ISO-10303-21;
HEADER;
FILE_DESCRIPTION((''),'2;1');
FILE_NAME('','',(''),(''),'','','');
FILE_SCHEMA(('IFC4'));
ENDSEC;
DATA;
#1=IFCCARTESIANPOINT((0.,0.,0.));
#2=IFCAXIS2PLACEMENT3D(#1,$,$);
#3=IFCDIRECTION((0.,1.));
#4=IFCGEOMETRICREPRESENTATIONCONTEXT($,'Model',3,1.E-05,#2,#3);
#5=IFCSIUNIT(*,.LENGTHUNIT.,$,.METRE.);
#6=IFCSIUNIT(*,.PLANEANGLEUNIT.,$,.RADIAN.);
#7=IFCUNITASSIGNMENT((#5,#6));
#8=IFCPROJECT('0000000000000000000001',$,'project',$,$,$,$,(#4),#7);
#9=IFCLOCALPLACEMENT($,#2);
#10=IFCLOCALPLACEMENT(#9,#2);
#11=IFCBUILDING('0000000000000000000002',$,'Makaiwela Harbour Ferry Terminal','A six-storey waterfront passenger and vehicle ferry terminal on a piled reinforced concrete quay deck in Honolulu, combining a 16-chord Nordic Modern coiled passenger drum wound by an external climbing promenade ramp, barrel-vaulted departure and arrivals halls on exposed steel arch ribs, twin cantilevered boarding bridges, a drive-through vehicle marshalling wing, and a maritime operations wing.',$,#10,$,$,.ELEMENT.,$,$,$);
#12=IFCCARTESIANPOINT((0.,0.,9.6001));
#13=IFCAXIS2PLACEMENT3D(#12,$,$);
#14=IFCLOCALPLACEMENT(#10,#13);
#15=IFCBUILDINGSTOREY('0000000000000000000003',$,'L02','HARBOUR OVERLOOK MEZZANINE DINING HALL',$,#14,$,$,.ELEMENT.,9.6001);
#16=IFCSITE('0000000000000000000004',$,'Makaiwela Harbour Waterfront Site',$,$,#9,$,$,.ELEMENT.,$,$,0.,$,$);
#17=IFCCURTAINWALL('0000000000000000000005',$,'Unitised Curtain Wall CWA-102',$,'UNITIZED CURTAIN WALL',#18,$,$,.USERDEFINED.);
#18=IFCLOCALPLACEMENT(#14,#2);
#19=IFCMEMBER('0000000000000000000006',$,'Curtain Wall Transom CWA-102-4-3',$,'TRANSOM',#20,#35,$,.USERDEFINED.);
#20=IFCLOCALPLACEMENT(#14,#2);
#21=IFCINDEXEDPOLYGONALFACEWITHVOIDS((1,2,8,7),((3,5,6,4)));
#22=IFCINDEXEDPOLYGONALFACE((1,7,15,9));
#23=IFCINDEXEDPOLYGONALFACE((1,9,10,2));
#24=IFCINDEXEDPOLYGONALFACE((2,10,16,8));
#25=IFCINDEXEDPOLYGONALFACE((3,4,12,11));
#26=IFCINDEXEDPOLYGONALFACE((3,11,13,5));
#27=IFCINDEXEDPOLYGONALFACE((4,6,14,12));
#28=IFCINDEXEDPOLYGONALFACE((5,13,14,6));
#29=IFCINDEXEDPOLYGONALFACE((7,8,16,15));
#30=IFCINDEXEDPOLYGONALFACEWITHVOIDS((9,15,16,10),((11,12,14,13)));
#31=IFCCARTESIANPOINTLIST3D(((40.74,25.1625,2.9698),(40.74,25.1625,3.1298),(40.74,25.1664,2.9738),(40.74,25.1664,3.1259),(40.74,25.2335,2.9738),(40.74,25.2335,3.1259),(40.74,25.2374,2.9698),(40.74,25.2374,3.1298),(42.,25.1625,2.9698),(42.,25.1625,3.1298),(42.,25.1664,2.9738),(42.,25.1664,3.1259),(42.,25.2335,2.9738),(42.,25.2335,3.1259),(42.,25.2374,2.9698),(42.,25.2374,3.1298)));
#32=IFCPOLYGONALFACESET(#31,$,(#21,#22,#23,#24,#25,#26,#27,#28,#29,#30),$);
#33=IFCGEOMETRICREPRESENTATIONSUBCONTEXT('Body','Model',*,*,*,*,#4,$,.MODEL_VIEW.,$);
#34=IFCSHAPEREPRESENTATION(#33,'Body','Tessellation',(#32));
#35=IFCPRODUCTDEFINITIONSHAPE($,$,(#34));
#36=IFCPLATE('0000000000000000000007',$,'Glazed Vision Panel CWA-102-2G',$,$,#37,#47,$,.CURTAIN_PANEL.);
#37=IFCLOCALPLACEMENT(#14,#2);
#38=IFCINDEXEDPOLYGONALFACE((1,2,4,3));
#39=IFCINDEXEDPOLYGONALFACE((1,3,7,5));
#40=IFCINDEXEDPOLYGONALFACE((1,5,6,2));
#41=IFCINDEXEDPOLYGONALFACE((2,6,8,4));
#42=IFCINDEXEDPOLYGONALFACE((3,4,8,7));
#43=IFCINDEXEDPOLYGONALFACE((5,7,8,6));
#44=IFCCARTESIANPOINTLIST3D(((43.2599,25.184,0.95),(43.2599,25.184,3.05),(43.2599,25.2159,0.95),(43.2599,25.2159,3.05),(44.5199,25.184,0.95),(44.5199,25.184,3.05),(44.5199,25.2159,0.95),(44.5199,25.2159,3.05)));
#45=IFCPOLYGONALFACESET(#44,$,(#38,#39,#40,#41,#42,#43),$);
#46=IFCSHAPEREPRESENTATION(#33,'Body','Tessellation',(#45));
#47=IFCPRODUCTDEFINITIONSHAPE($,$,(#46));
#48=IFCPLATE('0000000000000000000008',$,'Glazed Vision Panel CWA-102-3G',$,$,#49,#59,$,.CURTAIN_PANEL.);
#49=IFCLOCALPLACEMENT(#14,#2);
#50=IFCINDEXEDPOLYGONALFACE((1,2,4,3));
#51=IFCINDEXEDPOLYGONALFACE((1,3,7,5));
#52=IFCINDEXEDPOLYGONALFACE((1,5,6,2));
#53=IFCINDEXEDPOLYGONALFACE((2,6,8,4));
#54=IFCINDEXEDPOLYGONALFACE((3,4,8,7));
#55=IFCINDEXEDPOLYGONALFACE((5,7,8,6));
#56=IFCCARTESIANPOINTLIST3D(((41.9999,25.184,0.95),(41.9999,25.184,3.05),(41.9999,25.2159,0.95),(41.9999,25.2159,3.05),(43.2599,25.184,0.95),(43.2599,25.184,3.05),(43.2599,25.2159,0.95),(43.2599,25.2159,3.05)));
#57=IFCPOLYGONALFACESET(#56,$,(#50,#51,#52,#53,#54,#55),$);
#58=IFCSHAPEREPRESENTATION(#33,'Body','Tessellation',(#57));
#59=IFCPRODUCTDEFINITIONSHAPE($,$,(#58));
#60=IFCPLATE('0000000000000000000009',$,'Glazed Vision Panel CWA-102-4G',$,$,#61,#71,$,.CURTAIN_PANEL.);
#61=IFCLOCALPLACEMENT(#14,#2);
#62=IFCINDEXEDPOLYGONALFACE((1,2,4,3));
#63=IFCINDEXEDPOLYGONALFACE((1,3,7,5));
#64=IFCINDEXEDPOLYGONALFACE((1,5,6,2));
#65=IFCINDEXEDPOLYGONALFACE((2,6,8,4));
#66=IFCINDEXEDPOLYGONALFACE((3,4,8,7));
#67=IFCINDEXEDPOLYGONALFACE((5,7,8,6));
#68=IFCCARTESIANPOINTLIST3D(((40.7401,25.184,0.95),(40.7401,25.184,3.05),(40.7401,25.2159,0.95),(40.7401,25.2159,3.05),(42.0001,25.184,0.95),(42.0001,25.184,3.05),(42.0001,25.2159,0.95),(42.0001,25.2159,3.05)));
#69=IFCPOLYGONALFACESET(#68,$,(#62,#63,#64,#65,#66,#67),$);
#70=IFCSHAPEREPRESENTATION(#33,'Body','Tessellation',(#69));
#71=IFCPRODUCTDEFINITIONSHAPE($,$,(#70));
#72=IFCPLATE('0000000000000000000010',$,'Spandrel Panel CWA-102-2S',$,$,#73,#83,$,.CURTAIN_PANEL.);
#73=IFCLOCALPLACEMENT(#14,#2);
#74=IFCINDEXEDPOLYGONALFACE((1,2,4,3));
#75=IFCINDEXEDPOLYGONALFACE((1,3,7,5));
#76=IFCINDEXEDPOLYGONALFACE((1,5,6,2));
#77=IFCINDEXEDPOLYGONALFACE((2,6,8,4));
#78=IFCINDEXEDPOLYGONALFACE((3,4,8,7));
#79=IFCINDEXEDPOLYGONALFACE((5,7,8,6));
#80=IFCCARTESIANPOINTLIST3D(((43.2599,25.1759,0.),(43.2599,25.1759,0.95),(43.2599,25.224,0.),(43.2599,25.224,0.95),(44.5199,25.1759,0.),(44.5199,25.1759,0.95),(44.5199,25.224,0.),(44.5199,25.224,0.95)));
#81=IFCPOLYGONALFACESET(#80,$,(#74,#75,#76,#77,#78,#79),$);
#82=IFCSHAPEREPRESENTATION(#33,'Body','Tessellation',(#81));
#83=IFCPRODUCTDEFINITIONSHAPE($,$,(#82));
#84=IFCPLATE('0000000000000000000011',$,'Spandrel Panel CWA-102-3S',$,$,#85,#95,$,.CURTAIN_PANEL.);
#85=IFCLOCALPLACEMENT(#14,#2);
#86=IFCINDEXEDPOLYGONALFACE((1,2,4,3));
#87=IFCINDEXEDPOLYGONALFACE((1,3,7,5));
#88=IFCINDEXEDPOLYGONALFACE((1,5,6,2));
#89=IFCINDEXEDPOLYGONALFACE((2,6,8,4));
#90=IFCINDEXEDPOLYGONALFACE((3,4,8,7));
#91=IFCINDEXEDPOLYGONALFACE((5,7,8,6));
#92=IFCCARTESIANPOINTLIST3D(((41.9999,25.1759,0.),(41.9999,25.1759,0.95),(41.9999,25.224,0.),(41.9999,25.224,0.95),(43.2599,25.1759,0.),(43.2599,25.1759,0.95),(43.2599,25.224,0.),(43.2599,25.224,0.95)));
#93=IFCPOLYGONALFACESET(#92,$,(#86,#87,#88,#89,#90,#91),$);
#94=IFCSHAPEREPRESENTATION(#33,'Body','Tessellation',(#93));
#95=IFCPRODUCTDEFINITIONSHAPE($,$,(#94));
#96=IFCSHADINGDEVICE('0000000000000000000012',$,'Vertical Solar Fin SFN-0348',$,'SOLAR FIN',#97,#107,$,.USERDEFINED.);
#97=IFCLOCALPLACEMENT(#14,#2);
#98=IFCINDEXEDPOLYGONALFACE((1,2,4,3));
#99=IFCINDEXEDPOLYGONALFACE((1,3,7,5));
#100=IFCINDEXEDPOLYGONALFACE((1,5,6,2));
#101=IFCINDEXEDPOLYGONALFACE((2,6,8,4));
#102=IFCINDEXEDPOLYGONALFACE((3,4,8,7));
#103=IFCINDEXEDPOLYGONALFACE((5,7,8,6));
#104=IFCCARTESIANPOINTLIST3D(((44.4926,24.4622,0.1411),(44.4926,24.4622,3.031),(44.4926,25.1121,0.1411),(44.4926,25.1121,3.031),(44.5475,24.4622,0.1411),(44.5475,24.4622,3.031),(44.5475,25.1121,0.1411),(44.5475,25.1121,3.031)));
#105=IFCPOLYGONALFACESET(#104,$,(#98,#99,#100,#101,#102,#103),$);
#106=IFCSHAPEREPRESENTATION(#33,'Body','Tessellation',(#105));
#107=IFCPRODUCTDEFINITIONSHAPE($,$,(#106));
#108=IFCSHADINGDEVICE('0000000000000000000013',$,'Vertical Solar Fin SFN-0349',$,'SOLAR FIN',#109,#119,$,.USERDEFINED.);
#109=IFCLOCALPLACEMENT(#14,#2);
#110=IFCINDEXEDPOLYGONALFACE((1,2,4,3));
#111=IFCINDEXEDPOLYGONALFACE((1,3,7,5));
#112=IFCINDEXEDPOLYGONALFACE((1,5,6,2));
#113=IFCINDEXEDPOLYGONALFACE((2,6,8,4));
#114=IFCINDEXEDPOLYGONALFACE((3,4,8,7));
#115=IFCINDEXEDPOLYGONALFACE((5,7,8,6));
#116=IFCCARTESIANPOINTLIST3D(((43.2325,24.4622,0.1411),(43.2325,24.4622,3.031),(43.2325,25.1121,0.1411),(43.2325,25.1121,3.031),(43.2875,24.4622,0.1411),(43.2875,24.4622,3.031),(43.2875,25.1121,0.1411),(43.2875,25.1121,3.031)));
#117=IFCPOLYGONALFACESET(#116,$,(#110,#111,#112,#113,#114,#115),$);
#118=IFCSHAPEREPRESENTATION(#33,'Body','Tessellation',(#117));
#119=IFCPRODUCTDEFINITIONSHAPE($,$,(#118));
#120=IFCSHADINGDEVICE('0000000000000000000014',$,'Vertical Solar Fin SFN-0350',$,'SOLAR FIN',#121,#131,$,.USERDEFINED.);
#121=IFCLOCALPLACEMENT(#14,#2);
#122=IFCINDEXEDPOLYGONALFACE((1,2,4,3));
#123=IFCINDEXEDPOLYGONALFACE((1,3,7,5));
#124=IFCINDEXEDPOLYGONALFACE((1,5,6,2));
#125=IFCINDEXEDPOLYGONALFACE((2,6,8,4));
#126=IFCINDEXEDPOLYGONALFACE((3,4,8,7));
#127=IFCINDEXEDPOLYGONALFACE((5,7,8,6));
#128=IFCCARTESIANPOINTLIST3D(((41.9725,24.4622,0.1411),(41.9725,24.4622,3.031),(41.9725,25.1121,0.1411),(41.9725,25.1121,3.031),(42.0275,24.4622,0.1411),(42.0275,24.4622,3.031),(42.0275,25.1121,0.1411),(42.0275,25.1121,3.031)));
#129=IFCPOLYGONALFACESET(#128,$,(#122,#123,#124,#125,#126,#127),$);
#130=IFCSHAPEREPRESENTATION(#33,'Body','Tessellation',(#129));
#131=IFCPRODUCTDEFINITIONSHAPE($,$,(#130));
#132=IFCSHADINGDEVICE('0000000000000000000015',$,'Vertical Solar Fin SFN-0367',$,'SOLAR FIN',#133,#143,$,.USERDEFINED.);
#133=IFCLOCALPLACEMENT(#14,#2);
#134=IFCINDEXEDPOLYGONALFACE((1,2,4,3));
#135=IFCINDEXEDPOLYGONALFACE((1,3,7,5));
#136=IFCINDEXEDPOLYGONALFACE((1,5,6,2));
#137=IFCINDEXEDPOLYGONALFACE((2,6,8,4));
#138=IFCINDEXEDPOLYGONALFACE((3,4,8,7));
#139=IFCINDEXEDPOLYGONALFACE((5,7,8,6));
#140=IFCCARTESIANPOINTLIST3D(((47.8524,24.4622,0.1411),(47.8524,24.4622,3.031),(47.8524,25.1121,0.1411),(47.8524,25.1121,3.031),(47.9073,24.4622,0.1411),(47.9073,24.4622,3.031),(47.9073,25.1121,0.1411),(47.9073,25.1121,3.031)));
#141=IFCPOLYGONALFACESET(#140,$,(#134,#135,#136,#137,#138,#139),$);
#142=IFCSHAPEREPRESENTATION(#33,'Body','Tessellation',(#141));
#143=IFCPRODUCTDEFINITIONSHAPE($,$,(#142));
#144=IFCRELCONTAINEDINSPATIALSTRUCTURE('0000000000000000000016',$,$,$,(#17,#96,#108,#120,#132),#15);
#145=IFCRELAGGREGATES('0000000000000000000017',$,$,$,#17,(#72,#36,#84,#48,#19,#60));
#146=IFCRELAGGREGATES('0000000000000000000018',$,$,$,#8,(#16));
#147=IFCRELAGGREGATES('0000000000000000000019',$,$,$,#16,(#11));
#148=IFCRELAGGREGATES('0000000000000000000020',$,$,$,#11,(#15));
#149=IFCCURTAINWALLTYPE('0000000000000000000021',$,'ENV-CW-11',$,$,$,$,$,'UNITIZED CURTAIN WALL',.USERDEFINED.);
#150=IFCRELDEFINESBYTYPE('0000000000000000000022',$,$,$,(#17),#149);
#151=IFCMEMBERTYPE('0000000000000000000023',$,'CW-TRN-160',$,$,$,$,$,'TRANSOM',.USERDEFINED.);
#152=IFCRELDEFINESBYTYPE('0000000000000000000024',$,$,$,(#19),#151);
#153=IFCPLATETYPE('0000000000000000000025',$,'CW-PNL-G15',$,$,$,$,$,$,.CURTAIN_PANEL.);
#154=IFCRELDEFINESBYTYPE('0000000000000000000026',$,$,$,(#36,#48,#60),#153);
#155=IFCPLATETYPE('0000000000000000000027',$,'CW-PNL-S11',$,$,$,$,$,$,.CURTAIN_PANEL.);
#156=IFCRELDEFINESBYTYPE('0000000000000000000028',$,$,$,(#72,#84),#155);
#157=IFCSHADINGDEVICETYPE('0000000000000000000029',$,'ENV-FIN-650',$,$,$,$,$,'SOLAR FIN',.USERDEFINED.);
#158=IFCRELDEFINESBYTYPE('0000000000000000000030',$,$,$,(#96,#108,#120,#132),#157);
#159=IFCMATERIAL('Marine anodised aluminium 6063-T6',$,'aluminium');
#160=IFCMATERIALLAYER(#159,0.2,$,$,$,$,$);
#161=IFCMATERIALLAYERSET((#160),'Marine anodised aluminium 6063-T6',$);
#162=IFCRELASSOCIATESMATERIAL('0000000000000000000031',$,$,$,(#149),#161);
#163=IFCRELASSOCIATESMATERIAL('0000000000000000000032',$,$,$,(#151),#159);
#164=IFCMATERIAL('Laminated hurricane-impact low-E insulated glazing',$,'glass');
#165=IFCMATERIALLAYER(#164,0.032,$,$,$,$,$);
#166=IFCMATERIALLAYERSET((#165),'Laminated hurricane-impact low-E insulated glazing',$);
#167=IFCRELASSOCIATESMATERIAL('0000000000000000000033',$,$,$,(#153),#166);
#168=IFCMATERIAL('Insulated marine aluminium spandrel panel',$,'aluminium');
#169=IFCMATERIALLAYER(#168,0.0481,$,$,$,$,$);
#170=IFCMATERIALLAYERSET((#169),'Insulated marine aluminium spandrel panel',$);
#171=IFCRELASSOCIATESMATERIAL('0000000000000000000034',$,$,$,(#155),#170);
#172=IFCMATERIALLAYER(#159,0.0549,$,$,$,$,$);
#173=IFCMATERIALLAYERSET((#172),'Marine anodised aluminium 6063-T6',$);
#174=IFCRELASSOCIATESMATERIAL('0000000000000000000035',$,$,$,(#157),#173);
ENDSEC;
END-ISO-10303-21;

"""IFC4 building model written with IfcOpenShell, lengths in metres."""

from ifc_helpers import new_model, si_unit, direction, frame, origin, origin_2d, place, context, subcontext, project, spatial, rectangle, hollow_rectangle, extrude, material, layer, layer_set, material_profile, profile_set, type_object, element, aggregate, save


model = new_model("IFC4")

# Units and contexts
model_context = context("Model", 3, precision=1e-05, world=origin(), true_north=direction((0.0, 1.0)))
body_context = subcontext(model_context, "Body", "Model", "MODEL_VIEW")
ifc_project = project(units=[si_unit("LENGTHUNIT", "METRE"), si_unit("PLANEANGLEUNIT", "RADIAN")], contexts=[model_context])

# Site, building, storey
site_placement = place(None, origin())
site = spatial("IfcSite", under=ifc_project, at=site_placement, Name="Makaiwela Harbour Waterfront Site", CompositionType="ELEMENT", RefElevation=0.0)
building_placement = place(site_placement, origin())
building = spatial("IfcBuilding", under=site, at=building_placement, Name="Makaiwela Harbour Ferry Terminal", Description="A six-storey waterfront passenger and vehicle ferry terminal on a piled reinforced concrete quay deck in Honolulu, combining a 16-chord Nordic Modern coiled passenger drum wound by an external climbing promenade ramp, barrel-vaulted departure and arrivals halls on exposed steel arch ribs, twin cantilevered boarding bridges, a drive-through vehicle marshalling wing, and a maritime operations wing.", CompositionType="ELEMENT")
storey_placement = place(building_placement, frame((0.0, 0.0, 9.6001)))
storey = spatial("IfcBuildingStorey", under=building, at=storey_placement, Name="L02", Description="HARBOUR OVERLOOK MEZZANINE DINING HALL", CompositionType="ELEMENT", Elevation=9.6001)

# Curtain wall, member, plates
ifc_material_1 = material(Name="Marine anodised aluminium 6063-T6", Category="aluminium")
ifc_layer_1 = layer(ifc_material_1, 0.2)
ifc_layer_set_1 = layer_set([ifc_layer_1], Name="Marine anodised aluminium 6063-T6")
curtain_wall_type = type_object("IfcCurtainWallType", Name="ENV-CW-11", ElementType="UNITIZED CURTAIN WALL", PredefinedType="USERDEFINED", material=ifc_layer_set_1)
curtain_wall_placement = place(storey_placement, origin())
curtain_wall = element("IfcCurtainWall", 1, at=curtain_wall_placement, inside=storey, type_object=curtain_wall_type, Name="Unitised Curtain Wall CWA-102", ObjectType="UNITIZED CURTAIN WALL", PredefinedType="USERDEFINED")
ifc_material_profile_1 = material_profile(ifc_material_1, hollow_rectangle(XDim=0.075, YDim=0.1599, WallThickness=0.0039, at=origin_2d()), Name="CWT-160X75")
ifc_profile_set_1 = profile_set([ifc_material_profile_1], Name="Marine anodised aluminium 6063-T6")
member_type_1 = type_object("IfcMemberType", Name="CW-TRN-160", ElementType="TRANSOM", PredefinedType="USERDEFINED", material=ifc_profile_set_1)
member_1_placement = place(storey_placement, frame((42.0, 25.2, 3.0498), z_axis=(-1.0, 0.0, 0.0), x_axis=(0.0, -1.0, 0.0)))
member_1 = element("IfcMember", 2, at=member_1_placement, type_object=member_type_1, Name="Curtain Wall Transom CWA-102-4-3", ObjectType="TRANSOM", PredefinedType="USERDEFINED", context=body_context, shape_type="SweptSolid", body=[
    extrude(hollow_rectangle(XDim=0.075, YDim=0.1599, WallThickness=0.0039, at=origin_2d()), origin(), (0.0, 0.0, 1.0), 1.26),
])
ifc_material_2 = material(Name="Laminated hurricane-impact low-E insulated glazing", Category="glass")
ifc_layer_2 = layer(ifc_material_2, 0.032)
ifc_layer_set_2 = layer_set([ifc_layer_2], Name="Laminated hurricane-impact low-E insulated glazing")
plate_type_1 = type_object("IfcPlateType", Name="CW-PNL-G15", PredefinedType="CURTAIN_PANEL", material=ifc_layer_set_2)
plate_1_placement = place(storey_placement, frame((43.8899, 25.2, 0.95), z_axis=(0.0, 0.0, 1.0), x_axis=(-1.0, 0.0, 0.0)))
plate_1 = element("IfcPlate", 3, at=plate_1_placement, type_object=plate_type_1, Name="Glazed Vision Panel CWA-102-2G", PredefinedType="CURTAIN_PANEL", context=body_context, shape_type="SweptSolid", body=[
    extrude(rectangle(XDim=1.26, YDim=0.032, at=origin_2d()), origin(), (0.0, 0.0, 1.0), 2.1001),
])
plate_2_placement = place(storey_placement, frame((42.6299, 25.2, 0.95), z_axis=(0.0, 0.0, 1.0), x_axis=(-1.0, 0.0, 0.0)))
plate_2 = element("IfcPlate", 4, at=plate_2_placement, type_object=plate_type_1, Name="Glazed Vision Panel CWA-102-3G", PredefinedType="CURTAIN_PANEL", context=body_context, shape_type="SweptSolid", body=[
    extrude(rectangle(XDim=1.26, YDim=0.032, at=origin_2d()), origin(), (0.0, 0.0, 1.0), 2.1001),
])
plate_3_placement = place(storey_placement, frame((41.3701, 25.2, 0.95), z_axis=(0.0, 0.0, 1.0), x_axis=(-1.0, 0.0, 0.0)))
plate_3 = element("IfcPlate", 5, at=plate_3_placement, type_object=plate_type_1, Name="Glazed Vision Panel CWA-102-4G", PredefinedType="CURTAIN_PANEL", context=body_context, shape_type="SweptSolid", body=[
    extrude(rectangle(XDim=1.26, YDim=0.032, at=origin_2d()), origin(), (0.0, 0.0, 1.0), 2.1001),
])
ifc_material_3 = material(Name="Insulated marine aluminium spandrel panel", Category="aluminium")
ifc_layer_3 = layer(ifc_material_3, 0.0481)
ifc_layer_set_3 = layer_set([ifc_layer_3], Name="Insulated marine aluminium spandrel panel")
plate_type_2 = type_object("IfcPlateType", Name="CW-PNL-S11", PredefinedType="CURTAIN_PANEL", material=ifc_layer_set_3)
plate_4_placement = place(storey_placement, frame((43.8899, 25.2, 0.0), z_axis=(0.0, 0.0, 1.0), x_axis=(-1.0, 0.0, 0.0)))
plate_4 = element("IfcPlate", 6, at=plate_4_placement, type_object=plate_type_2, Name="Spandrel Panel CWA-102-2S", PredefinedType="CURTAIN_PANEL", context=body_context, shape_type="SweptSolid", body=[
    extrude(rectangle(XDim=1.26, YDim=0.0481, at=origin_2d()), origin(), (0.0, 0.0, 1.0), 0.95),
])
plate_5_placement = place(storey_placement, frame((42.6299, 25.2, 0.0), z_axis=(0.0, 0.0, 1.0), x_axis=(-1.0, 0.0, 0.0)))
plate_5 = element("IfcPlate", 7, at=plate_5_placement, type_object=plate_type_2, Name="Spandrel Panel CWA-102-3S", PredefinedType="CURTAIN_PANEL", context=body_context, shape_type="SweptSolid", body=[
    extrude(rectangle(XDim=1.26, YDim=0.0481, at=origin_2d()), origin(), (0.0, 0.0, 1.0), 0.95),
])
aggregate(curtain_wall, [plate_4, plate_1, plate_5, plate_2, member_1, plate_3])

# Shading devices
ifc_layer_4 = layer(ifc_material_1, 0.0549)
ifc_layer_set_4 = layer_set([ifc_layer_4], Name="Marine anodised aluminium 6063-T6")
shading_device_type = type_object("IfcShadingDeviceType", Name="ENV-FIN-650", ElementType="SOLAR FIN", PredefinedType="USERDEFINED", material=ifc_layer_set_4)
for number, where, z_axis, x_axis, name in (
    (8, (44.52, 24.7871, 0.1411), (0.0, 0.0, 1.0), (0.0, -1.0, 0.0), "Vertical Solar Fin SFN-0348"),
    (9, (43.26, 24.7871, 0.1411), (0.0, 0.0, 1.0), (0.0, -1.0, 0.0), "Vertical Solar Fin SFN-0349"),
    (10, (42.0, 24.7871, 0.1411), (0.0, 0.0, 1.0), (0.0, -1.0, 0.0), "Vertical Solar Fin SFN-0350"),
    (11, (47.8799, 24.7871, 0.1411), (0.0, 0.0, 1.0), (0.0, -1.0, 0.0), "Vertical Solar Fin SFN-0367"),
):
    element("IfcShadingDevice", number, at=place(storey_placement, frame(where, z_axis=z_axis, x_axis=x_axis)), inside=storey, type_object=shading_device_type, Name=name, ObjectType="SOLAR FIN", PredefinedType="USERDEFINED", context=body_context, shape_type="SweptSolid", body=[
        extrude(rectangle(XDim=0.6499, YDim=0.0549, at=origin_2d()), origin(), (0.0, 0.0, 1.0), 2.8899),
    ])

save(model, "model.ifc")
